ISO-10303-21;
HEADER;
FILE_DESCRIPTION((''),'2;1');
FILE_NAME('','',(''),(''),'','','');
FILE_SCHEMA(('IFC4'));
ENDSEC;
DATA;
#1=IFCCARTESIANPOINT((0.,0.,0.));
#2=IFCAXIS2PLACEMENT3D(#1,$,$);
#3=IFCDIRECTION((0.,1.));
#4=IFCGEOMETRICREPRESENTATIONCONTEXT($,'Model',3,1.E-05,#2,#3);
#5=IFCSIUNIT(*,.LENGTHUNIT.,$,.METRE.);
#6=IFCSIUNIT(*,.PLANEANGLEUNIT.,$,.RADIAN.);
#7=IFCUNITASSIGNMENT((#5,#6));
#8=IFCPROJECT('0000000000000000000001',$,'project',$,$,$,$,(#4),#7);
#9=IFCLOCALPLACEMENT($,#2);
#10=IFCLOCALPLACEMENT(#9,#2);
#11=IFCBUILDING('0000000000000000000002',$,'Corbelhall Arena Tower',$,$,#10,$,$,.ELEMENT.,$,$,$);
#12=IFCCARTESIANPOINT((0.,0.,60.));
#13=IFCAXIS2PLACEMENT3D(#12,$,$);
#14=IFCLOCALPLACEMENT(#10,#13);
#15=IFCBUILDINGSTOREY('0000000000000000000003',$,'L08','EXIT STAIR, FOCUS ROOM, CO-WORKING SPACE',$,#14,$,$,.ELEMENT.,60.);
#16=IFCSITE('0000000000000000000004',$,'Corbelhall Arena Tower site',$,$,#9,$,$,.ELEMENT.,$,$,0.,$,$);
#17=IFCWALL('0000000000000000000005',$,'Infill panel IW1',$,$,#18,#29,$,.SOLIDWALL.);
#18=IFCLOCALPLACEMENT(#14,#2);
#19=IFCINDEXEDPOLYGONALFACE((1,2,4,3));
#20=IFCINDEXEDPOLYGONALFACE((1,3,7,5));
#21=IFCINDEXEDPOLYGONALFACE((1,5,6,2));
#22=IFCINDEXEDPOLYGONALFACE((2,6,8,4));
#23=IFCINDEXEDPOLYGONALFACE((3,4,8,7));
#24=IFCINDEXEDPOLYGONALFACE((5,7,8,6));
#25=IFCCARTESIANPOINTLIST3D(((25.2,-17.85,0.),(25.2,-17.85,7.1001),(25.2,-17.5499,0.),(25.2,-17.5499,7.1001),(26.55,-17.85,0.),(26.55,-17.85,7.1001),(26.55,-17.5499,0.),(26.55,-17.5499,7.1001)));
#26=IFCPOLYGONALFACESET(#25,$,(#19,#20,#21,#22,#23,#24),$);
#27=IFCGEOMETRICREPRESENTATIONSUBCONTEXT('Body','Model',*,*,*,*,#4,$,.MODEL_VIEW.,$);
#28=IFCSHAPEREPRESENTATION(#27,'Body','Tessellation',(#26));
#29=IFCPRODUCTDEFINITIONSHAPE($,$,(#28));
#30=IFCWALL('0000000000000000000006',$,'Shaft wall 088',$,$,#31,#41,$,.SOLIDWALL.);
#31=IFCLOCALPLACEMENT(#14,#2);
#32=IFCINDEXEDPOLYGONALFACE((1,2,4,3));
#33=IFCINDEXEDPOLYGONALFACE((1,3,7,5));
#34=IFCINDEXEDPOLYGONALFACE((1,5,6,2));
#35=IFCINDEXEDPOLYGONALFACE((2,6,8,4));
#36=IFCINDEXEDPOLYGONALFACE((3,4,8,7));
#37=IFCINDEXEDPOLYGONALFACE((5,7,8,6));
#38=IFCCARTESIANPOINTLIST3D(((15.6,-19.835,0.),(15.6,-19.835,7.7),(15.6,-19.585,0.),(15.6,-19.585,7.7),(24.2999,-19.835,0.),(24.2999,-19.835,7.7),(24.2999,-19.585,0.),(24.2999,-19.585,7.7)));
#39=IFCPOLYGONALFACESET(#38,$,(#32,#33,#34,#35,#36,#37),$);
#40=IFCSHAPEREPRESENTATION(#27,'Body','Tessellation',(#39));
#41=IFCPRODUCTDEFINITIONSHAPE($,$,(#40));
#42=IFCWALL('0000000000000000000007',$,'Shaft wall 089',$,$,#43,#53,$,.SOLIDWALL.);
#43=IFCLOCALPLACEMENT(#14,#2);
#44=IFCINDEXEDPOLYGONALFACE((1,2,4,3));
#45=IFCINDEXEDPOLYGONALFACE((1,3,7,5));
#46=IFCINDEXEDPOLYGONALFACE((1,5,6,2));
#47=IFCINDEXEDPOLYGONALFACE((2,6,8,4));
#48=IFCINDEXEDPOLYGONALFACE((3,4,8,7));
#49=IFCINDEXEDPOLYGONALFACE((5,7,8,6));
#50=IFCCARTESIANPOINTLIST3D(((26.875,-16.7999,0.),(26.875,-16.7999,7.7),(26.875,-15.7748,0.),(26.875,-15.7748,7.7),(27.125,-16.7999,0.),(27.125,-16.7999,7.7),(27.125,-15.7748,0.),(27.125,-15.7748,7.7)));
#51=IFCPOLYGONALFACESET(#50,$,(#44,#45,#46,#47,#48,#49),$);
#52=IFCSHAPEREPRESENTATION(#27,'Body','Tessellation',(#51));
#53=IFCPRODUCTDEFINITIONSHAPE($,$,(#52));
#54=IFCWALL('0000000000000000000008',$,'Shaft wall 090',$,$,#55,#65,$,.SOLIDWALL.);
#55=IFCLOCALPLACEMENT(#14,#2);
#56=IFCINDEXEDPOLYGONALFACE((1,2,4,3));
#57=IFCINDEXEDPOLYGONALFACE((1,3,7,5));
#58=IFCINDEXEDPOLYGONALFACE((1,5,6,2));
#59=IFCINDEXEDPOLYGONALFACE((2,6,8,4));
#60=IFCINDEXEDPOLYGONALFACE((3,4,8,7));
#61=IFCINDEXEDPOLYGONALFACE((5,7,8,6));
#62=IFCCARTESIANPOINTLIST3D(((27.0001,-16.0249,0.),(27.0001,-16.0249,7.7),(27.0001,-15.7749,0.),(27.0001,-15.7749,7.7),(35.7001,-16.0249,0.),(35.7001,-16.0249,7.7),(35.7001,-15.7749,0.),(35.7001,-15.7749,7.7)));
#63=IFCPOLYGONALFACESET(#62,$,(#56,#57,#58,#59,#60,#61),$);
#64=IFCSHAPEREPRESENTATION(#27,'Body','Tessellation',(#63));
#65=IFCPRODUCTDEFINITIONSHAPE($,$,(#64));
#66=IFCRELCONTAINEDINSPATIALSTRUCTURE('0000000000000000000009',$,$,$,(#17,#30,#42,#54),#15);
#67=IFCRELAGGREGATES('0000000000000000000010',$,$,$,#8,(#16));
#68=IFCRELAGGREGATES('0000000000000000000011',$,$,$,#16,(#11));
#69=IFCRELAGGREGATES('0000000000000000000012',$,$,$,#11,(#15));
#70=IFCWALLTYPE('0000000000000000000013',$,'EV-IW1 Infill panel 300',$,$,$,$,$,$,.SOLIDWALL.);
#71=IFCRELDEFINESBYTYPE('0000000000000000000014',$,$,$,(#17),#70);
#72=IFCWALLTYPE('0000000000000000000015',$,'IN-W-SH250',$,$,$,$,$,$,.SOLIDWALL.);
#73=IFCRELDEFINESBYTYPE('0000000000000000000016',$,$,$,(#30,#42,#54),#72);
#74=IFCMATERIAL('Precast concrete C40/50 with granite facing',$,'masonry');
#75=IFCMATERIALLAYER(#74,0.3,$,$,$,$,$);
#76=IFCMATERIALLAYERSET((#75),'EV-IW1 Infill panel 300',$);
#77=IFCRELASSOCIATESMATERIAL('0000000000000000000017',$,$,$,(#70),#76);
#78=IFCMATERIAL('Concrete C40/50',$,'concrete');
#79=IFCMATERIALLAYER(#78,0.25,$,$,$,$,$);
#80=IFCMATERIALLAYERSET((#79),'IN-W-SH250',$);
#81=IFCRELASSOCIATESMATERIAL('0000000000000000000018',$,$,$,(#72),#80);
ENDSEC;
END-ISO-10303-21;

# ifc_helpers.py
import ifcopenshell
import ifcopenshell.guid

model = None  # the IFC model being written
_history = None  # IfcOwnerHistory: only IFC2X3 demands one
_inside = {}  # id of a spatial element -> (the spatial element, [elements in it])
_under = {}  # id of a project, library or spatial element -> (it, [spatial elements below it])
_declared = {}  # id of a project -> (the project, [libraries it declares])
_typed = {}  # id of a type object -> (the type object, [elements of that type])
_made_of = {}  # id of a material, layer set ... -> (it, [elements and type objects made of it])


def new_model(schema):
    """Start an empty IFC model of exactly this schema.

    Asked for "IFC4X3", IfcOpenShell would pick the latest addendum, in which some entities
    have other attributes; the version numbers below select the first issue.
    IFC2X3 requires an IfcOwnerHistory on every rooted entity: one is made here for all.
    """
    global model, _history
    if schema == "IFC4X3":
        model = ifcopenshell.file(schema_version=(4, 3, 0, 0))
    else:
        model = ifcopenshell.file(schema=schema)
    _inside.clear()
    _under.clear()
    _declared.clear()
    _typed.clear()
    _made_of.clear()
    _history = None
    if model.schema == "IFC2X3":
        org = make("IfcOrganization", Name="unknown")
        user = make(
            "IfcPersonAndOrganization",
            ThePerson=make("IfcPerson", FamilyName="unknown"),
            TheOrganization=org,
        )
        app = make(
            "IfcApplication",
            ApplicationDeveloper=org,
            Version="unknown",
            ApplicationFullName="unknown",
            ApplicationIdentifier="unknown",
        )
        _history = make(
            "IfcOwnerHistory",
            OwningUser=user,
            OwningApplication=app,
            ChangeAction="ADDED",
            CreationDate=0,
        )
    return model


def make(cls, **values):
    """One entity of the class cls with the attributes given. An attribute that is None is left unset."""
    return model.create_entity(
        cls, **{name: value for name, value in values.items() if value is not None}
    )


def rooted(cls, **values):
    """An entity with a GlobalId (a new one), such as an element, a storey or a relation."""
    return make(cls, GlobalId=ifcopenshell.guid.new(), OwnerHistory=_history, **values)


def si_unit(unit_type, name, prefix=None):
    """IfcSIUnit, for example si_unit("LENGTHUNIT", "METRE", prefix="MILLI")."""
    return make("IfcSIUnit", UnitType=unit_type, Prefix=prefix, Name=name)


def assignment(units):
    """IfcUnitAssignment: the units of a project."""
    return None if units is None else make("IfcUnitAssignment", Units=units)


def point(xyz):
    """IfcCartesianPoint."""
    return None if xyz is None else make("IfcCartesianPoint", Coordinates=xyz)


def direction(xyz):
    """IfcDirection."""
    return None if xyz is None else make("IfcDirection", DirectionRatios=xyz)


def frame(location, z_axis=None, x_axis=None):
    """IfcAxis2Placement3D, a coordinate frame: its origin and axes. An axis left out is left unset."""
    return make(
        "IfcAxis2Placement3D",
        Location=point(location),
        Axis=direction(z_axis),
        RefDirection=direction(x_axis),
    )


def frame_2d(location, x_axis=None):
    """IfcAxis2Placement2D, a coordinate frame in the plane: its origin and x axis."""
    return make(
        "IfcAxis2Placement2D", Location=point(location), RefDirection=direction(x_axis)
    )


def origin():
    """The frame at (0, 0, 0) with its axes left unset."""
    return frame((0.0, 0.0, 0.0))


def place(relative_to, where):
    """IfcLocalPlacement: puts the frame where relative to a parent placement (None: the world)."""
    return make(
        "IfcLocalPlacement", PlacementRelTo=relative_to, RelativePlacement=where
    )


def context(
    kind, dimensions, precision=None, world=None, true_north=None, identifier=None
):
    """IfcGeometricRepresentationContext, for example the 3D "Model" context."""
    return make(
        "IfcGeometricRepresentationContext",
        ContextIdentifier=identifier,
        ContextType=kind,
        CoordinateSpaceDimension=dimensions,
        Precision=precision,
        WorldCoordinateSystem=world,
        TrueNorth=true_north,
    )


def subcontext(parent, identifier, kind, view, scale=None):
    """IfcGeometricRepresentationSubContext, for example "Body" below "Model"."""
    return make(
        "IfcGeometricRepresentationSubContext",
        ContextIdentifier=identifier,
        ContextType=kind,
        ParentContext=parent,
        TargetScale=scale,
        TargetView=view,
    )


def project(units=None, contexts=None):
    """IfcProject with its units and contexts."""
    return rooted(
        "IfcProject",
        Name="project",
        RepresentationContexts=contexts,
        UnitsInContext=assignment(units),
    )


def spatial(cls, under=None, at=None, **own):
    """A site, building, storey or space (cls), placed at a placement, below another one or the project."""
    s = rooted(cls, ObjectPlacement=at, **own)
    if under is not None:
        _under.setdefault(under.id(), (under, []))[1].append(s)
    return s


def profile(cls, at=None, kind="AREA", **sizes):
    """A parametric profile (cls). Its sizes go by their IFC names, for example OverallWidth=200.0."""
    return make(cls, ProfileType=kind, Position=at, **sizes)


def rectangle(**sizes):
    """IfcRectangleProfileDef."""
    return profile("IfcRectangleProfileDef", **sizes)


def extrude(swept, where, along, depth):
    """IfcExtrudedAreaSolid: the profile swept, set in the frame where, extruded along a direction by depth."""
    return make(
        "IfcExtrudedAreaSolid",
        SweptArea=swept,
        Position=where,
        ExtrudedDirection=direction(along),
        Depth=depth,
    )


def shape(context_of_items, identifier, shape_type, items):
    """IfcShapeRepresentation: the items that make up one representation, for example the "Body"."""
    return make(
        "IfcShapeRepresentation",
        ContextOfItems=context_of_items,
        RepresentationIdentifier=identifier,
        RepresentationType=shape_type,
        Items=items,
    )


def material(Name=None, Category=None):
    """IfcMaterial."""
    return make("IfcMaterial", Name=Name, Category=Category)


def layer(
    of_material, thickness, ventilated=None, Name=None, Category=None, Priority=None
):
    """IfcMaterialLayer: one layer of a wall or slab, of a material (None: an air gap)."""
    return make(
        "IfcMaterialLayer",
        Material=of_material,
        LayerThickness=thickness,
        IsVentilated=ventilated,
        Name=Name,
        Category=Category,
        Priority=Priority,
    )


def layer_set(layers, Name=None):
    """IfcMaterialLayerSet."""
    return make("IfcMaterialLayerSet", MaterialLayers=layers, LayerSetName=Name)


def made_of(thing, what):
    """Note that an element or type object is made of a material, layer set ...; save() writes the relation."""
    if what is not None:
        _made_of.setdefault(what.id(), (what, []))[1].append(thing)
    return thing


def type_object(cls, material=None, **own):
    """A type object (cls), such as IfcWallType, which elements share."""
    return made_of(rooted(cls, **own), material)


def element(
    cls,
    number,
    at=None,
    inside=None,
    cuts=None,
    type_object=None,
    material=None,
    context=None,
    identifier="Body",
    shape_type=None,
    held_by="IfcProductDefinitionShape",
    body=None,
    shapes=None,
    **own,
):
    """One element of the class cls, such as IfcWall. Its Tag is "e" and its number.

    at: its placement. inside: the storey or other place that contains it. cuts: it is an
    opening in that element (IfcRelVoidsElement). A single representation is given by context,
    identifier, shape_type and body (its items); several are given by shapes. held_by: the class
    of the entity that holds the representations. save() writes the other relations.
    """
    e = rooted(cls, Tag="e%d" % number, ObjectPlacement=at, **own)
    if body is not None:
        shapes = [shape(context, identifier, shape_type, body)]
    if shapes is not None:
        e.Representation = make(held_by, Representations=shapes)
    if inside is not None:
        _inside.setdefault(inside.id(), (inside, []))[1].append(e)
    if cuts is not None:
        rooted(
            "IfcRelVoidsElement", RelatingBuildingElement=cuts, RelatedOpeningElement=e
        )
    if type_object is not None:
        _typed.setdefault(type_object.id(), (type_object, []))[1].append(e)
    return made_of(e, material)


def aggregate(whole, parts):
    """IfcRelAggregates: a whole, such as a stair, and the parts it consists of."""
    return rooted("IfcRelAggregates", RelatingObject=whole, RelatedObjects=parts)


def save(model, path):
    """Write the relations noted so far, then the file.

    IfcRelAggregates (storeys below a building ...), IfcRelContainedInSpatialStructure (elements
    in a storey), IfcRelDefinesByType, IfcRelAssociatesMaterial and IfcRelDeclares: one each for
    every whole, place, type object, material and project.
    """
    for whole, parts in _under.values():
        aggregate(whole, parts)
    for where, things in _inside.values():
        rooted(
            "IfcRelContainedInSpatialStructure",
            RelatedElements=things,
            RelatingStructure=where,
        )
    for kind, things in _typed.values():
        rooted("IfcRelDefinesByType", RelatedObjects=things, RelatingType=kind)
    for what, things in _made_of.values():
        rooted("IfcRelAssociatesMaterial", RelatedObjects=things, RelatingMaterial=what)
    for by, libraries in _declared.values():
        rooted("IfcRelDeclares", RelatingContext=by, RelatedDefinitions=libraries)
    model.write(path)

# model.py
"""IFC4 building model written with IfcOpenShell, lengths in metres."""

from ifc_helpers import new_model, si_unit, direction, frame, frame_2d, origin, place, context, subcontext, project, spatial, rectangle, extrude, material, layer, layer_set, type_object, element, save


model = new_model("IFC4")

# Units and contexts
model_context = context("Model", 3, precision=1e-05, world=origin(), true_north=direction((0.0, 1.0)))
body_context = subcontext(model_context, "Body", "Model", "MODEL_VIEW")
ifc_project = project(units=[si_unit("LENGTHUNIT", "METRE"), si_unit("PLANEANGLEUNIT", "RADIAN")], contexts=[model_context])

# Site, building, storey
site_placement = place(None, origin())
site = spatial("IfcSite", under=ifc_project, at=site_placement, Name="Corbelhall Arena Tower site", CompositionType="ELEMENT", RefElevation=0.0)
building_placement = place(site_placement, origin())
building = spatial("IfcBuilding", under=site, at=building_placement, Name="Corbelhall Arena Tower", CompositionType="ELEMENT")
storey_placement = place(building_placement, frame((0.0, 0.0, 60.0)))
storey = spatial("IfcBuildingStorey", under=building, at=storey_placement, Name="L08", Description="EXIT STAIR, FOCUS ROOM, CO-WORKING SPACE", CompositionType="ELEMENT", Elevation=60.0)

# Walls
ifc_material_1 = material(Name="Precast concrete C40/50 with granite facing", Category="masonry")
ifc_layer_1 = layer(ifc_material_1, 0.3)
ifc_layer_set_1 = layer_set([ifc_layer_1], Name="EV-IW1 Infill panel 300")
wall_type_1 = type_object("IfcWallType", Name="EV-IW1 Infill panel 300", PredefinedType="SOLIDWALL", material=ifc_layer_set_1)
wall_1_placement = place(storey_placement, frame((25.2, -17.7, 0.0), z_axis=(0.0, 0.0, 1.0), x_axis=(1.0, 0.0, 0.0)))
element("IfcWall", 1, at=wall_1_placement, inside=storey, type_object=wall_type_1, Name="Infill panel IW1", PredefinedType="SOLIDWALL", context=body_context, shape_type="SweptSolid", body=[
    extrude(rectangle(XDim=1.3501, YDim=0.3, at=frame_2d((0.675, 0.0))), origin(), (0.0, 0.0, 1.0), 7.1001),
])
ifc_material_2 = material(Name="Concrete C40/50", Category="concrete")
ifc_layer_2 = layer(ifc_material_2, 0.25)
ifc_layer_set_2 = layer_set([ifc_layer_2], Name="IN-W-SH250")
wall_type_2 = type_object("IfcWallType", Name="IN-W-SH250", PredefinedType="SOLIDWALL", material=ifc_layer_set_2)
wall_2_placement = place(storey_placement, frame((24.3, -19.71, 0.0), z_axis=(0.0, 0.0, 1.0), x_axis=(-1.0, 0.0, 0.0)))
element("IfcWall", 2, at=wall_2_placement, inside=storey, type_object=wall_type_2, Name="Shaft wall 088", PredefinedType="SOLIDWALL", context=body_context, shape_type="SweptSolid", body=[
    extrude(rectangle(XDim=8.7, YDim=0.25, at=frame_2d((4.3501, 0.0))), origin(), (0.0, 0.0, 1.0), 7.7),
])
wall_3_placement = place(storey_placement, frame((27.0, -16.8, 0.0), z_axis=(0.0, 0.0, 1.0), x_axis=(0.0, 1.0, 0.0)))
element("IfcWall", 3, at=wall_3_placement, inside=storey, type_object=wall_type_2, Name="Shaft wall 089", PredefinedType="SOLIDWALL", context=body_context, shape_type="SweptSolid", body=[
    extrude(rectangle(XDim=1.0251, YDim=0.25, at=frame_2d((0.5127, 0.0))), origin(), (0.0, 0.0, 1.0), 7.7),
])
wall_4_placement = place(storey_placement, frame((27.0, -15.8999, 0.0), z_axis=(0.0, 0.0, 1.0), x_axis=(1.0, 0.0, 0.0)))
element("IfcWall", 4, at=wall_4_placement, inside=storey, type_object=wall_type_2, Name="Shaft wall 090", PredefinedType="SOLIDWALL", context=body_context, shape_type="SweptSolid", body=[
    extrude(rectangle(XDim=8.7, YDim=0.25, at=frame_2d((4.3501, 0.0))), origin(), (0.0, 0.0, 1.0), 7.7),
])

save(model, "model.ifc")
